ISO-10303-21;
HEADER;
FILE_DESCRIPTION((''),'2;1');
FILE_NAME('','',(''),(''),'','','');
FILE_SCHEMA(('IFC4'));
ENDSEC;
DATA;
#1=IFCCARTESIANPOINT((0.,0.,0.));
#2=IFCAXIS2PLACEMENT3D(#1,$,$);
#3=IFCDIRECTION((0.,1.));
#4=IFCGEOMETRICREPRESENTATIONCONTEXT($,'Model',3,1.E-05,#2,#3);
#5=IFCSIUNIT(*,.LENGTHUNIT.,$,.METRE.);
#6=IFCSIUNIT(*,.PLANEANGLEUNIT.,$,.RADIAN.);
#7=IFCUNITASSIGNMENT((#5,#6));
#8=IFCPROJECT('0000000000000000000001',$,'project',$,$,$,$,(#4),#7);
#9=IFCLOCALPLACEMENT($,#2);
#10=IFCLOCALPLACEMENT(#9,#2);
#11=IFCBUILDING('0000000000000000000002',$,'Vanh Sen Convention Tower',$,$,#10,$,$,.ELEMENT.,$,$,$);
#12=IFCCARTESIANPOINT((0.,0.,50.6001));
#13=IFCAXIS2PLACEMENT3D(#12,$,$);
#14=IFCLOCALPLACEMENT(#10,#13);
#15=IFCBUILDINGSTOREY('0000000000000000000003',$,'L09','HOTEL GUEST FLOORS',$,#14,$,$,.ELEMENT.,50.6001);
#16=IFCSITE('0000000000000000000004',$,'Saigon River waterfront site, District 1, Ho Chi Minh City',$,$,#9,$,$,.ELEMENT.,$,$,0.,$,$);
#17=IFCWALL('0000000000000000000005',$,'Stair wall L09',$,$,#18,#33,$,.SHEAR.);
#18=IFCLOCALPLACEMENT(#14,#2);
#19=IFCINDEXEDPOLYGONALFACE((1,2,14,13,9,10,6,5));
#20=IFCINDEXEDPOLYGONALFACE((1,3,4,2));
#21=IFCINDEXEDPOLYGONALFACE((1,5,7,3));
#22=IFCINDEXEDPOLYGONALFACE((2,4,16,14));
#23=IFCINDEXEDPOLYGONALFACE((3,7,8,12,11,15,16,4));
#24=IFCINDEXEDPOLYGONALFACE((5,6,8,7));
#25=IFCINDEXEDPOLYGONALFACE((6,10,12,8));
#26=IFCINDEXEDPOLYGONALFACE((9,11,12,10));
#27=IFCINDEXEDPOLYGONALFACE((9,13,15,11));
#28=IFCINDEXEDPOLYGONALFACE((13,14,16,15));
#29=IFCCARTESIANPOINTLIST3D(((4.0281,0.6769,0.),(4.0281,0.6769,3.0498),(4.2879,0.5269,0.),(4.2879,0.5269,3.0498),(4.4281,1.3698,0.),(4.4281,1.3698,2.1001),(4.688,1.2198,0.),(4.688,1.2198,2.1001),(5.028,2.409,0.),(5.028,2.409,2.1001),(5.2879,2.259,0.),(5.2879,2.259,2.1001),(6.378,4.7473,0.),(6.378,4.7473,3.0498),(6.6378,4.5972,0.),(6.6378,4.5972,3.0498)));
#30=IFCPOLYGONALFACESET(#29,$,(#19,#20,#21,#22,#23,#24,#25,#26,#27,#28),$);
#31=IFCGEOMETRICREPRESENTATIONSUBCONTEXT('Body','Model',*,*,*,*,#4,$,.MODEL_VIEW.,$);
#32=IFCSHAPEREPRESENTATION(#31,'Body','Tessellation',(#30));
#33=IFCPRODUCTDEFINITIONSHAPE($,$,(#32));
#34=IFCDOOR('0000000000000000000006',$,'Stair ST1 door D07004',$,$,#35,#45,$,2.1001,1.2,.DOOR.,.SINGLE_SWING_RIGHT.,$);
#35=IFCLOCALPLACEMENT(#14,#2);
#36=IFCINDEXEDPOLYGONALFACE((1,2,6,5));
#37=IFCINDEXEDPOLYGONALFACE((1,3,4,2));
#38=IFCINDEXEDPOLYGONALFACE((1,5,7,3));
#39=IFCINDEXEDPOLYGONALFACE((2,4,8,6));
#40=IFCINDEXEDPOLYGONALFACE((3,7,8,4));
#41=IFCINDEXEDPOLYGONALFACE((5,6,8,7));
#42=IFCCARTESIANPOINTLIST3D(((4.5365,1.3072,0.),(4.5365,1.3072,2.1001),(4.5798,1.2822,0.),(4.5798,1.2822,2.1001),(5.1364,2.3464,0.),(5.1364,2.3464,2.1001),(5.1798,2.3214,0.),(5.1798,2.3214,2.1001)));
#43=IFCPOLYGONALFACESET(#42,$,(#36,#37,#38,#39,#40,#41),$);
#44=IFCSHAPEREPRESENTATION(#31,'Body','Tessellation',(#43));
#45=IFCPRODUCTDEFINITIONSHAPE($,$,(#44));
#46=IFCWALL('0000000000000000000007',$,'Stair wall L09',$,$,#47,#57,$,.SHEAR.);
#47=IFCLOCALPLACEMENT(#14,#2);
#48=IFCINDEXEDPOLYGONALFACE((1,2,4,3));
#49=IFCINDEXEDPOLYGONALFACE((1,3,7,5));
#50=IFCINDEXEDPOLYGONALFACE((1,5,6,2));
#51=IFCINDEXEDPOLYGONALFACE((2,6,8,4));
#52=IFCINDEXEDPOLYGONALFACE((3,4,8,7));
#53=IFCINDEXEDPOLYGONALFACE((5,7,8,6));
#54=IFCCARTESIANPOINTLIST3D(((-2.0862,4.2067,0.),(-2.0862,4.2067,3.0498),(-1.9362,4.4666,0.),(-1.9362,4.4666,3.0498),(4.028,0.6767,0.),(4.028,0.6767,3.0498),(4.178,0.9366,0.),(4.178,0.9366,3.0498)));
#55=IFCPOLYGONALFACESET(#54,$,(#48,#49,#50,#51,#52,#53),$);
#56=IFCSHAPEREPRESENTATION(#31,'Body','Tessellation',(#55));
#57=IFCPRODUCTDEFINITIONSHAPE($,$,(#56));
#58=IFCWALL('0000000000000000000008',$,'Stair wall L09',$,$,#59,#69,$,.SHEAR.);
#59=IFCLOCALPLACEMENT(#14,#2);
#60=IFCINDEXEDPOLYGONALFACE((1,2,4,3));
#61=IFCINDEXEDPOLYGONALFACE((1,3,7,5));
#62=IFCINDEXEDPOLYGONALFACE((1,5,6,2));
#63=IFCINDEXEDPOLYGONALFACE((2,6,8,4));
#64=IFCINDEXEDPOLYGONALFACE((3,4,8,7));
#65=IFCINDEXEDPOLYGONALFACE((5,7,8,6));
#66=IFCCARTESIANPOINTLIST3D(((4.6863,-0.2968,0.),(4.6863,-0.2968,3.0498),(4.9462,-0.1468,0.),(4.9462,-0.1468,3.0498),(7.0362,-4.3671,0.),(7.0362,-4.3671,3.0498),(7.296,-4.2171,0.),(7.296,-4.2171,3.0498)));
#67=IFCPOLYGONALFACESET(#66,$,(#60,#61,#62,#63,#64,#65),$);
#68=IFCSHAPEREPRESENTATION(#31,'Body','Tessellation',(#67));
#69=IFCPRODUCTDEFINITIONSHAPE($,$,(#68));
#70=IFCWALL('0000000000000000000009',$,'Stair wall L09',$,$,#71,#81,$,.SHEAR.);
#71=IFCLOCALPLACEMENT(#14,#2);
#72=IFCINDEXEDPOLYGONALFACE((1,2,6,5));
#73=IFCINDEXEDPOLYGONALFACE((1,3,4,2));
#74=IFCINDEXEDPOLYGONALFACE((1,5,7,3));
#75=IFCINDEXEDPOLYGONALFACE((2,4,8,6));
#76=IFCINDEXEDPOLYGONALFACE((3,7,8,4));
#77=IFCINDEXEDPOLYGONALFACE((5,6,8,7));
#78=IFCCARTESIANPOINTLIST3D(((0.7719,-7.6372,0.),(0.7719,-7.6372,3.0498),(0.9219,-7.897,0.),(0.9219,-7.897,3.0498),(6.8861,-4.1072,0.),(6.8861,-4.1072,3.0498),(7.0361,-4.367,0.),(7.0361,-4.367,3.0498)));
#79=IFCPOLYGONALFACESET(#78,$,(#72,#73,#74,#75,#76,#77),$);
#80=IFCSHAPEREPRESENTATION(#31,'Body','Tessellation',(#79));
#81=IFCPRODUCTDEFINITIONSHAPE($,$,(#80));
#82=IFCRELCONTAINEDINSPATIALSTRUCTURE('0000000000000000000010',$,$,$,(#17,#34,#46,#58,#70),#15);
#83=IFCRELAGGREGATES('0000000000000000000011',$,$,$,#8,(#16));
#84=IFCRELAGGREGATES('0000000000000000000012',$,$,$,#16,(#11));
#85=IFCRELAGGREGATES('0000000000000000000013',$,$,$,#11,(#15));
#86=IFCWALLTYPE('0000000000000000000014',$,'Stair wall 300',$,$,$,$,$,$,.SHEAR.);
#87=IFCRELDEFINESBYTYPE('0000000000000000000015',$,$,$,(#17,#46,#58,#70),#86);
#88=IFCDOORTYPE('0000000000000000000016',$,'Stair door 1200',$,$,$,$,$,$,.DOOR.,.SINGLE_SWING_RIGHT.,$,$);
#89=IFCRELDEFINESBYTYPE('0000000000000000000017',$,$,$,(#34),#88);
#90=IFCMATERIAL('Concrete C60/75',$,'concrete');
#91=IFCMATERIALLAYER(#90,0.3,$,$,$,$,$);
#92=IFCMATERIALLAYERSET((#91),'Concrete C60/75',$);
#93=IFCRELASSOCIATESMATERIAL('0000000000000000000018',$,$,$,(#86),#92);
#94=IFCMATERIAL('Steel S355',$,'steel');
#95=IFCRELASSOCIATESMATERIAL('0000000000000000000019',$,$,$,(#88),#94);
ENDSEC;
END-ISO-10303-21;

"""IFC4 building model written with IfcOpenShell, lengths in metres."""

from ifc_helpers import new_model, si_unit, direction, frame, frame_2d, origin, place, context, subcontext, project, spatial, rectangle, extrude, material, layer, layer_set, type_object, element, fill, save


model = new_model("IFC4")

# Units and contexts
model_context = context("Model", 3, precision=1e-05, world=origin(), true_north=direction((0.0, 1.0)))
body_context = subcontext(model_context, "Body", "Model", "MODEL_VIEW")
ifc_project = project(units=[si_unit("LENGTHUNIT", "METRE"), si_unit("PLANEANGLEUNIT", "RADIAN")], contexts=[model_context])

# Site, building, storey
site_placement = place(None, origin())
site = spatial("IfcSite", under=ifc_project, at=site_placement, Name="Saigon River waterfront site, District 1, Ho Chi Minh City", CompositionType="ELEMENT", RefElevation=0.0)
building_placement = place(site_placement, origin())
building = spatial("IfcBuilding", under=site, at=building_placement, Name="Vanh Sen Convention Tower", CompositionType="ELEMENT")
storey_placement = place(building_placement, frame((0.0, 0.0, 50.6001)))
storey = spatial("IfcBuildingStorey", under=building, at=storey_placement, Name="L09", Description="HOTEL GUEST FLOORS", CompositionType="ELEMENT", Elevation=50.6001)

# Shared definitions
ifc_material_1 = material(Name="Steel S355", Category="steel")

# Wall, opening, door
ifc_material_2 = material(Name="Concrete C60/75", Category="concrete")
ifc_layer_1 = layer(ifc_material_2, 0.3)
ifc_layer_set_1 = layer_set([ifc_layer_1], Name="Concrete C60/75")
wall_type_1 = type_object("IfcWallType", Name="Stair wall 300", PredefinedType="SHEAR", material=ifc_layer_set_1)
wall_1_placement = place(storey_placement, frame((4.158, 0.6018, 0.0), z_axis=(0.0, 0.0, 1.0), x_axis=(0.499977, 0.866039, 0.0)))
wall_1 = element("IfcWall", 1, at=wall_1_placement, inside=storey, type_object=wall_type_1, Name="Stair wall L09", PredefinedType="SHEAR", context=body_context, shape_type="SweptSolid", body=[
    extrude(rectangle(XDim=4.7, YDim=0.3, at=frame_2d((2.3501, 0.0))), origin(), (0.0, 0.0, 1.0), 3.0498),
])
opening_1_placement = place(wall_1_placement, frame((0.8, 0.0, 0.0)))
opening_1 = element("IfcOpeningElement", 2, at=opening_1_placement, cuts=wall_1, PredefinedType="OPENING", context=body_context, shape_type="SweptSolid", body=[
    extrude(rectangle(XDim=1.2, YDim=2.1001, at=frame_2d((0.6001, 1.05))), frame((0.0, 0.1599, 0.0), z_axis=(0.0, -1.0, 0.0), x_axis=(1.0, 0.0, 0.0)), (0.0, 0.0, 1.0), 0.3201),
])
door_type_1 = type_object("IfcDoorType", Name="Stair door 1200", OperationType="SINGLE_SWING_RIGHT", PredefinedType="DOOR", material=ifc_material_1)
door_1_placement = place(opening_1_placement, origin())
door_1 = element("IfcDoor", 3, at=door_1_placement, inside=storey, type_object=door_type_1, Name="Stair ST1 door D07004", OperationType="SINGLE_SWING_RIGHT", OverallHeight=2.1001, OverallWidth=1.2, PredefinedType="DOOR", context=body_context, shape_type="SweptSolid", body=[
    extrude(rectangle(XDim=1.2, YDim=2.1001, at=frame_2d((0.6001, 1.05))), frame((0.0, 0.0249, 0.0), z_axis=(0.0, -1.0, 0.0), x_axis=(1.0, 0.0, 0.0)), (0.0, 0.0, 1.0), 0.05),
])
fill(opening_1, door_1)

# Walls
wall_2_placement = place(storey_placement, frame((4.103, 0.8066, 0.0), z_axis=(0.0, 0.0, 1.0), x_axis=(-0.866028, 0.499996, 0.0)))
element("IfcWall", 4, at=wall_2_placement, inside=storey, type_object=wall_type_1, Name="Stair wall L09", PredefinedType="SHEAR", context=body_context, shape_type="SweptSolid", body=[
    extrude(rectangle(XDim=7.0601, YDim=0.3, at=frame_2d((3.53, 0.0))), origin(), (0.0, 0.0, 1.0), 3.0498),
])
wall_3_placement = place(storey_placement, frame((4.8162, -0.2217, 0.0), z_axis=(0.0, 0.0, 1.0), x_axis=(0.499977, -0.866039, 0.0)))
element("IfcWall", 5, at=wall_3_placement, inside=storey, type_object=wall_type_1, Name="Stair wall L09", PredefinedType="SHEAR", context=body_context, shape_type="SweptSolid", body=[
    extrude(rectangle(XDim=4.7, YDim=0.3, at=frame_2d((2.3501, 0.0))), origin(), (0.0, 0.0, 1.0), 3.0498),
])
wall_4_placement = place(storey_placement, frame((0.8469, -7.7671, 0.0), z_axis=(0.0, 0.0, 1.0), x_axis=(0.866028, 0.499996, 0.0)))
element("IfcWall", 6, at=wall_4_placement, inside=storey, type_object=wall_type_1, Name="Stair wall L09", PredefinedType="SHEAR", context=body_context, shape_type="SweptSolid", body=[
    extrude(rectangle(XDim=7.0601, YDim=0.3, at=frame_2d((3.53, 0.0))), origin(), (0.0, 0.0, 1.0), 3.0498),
])

save(model, "model.ifc")
